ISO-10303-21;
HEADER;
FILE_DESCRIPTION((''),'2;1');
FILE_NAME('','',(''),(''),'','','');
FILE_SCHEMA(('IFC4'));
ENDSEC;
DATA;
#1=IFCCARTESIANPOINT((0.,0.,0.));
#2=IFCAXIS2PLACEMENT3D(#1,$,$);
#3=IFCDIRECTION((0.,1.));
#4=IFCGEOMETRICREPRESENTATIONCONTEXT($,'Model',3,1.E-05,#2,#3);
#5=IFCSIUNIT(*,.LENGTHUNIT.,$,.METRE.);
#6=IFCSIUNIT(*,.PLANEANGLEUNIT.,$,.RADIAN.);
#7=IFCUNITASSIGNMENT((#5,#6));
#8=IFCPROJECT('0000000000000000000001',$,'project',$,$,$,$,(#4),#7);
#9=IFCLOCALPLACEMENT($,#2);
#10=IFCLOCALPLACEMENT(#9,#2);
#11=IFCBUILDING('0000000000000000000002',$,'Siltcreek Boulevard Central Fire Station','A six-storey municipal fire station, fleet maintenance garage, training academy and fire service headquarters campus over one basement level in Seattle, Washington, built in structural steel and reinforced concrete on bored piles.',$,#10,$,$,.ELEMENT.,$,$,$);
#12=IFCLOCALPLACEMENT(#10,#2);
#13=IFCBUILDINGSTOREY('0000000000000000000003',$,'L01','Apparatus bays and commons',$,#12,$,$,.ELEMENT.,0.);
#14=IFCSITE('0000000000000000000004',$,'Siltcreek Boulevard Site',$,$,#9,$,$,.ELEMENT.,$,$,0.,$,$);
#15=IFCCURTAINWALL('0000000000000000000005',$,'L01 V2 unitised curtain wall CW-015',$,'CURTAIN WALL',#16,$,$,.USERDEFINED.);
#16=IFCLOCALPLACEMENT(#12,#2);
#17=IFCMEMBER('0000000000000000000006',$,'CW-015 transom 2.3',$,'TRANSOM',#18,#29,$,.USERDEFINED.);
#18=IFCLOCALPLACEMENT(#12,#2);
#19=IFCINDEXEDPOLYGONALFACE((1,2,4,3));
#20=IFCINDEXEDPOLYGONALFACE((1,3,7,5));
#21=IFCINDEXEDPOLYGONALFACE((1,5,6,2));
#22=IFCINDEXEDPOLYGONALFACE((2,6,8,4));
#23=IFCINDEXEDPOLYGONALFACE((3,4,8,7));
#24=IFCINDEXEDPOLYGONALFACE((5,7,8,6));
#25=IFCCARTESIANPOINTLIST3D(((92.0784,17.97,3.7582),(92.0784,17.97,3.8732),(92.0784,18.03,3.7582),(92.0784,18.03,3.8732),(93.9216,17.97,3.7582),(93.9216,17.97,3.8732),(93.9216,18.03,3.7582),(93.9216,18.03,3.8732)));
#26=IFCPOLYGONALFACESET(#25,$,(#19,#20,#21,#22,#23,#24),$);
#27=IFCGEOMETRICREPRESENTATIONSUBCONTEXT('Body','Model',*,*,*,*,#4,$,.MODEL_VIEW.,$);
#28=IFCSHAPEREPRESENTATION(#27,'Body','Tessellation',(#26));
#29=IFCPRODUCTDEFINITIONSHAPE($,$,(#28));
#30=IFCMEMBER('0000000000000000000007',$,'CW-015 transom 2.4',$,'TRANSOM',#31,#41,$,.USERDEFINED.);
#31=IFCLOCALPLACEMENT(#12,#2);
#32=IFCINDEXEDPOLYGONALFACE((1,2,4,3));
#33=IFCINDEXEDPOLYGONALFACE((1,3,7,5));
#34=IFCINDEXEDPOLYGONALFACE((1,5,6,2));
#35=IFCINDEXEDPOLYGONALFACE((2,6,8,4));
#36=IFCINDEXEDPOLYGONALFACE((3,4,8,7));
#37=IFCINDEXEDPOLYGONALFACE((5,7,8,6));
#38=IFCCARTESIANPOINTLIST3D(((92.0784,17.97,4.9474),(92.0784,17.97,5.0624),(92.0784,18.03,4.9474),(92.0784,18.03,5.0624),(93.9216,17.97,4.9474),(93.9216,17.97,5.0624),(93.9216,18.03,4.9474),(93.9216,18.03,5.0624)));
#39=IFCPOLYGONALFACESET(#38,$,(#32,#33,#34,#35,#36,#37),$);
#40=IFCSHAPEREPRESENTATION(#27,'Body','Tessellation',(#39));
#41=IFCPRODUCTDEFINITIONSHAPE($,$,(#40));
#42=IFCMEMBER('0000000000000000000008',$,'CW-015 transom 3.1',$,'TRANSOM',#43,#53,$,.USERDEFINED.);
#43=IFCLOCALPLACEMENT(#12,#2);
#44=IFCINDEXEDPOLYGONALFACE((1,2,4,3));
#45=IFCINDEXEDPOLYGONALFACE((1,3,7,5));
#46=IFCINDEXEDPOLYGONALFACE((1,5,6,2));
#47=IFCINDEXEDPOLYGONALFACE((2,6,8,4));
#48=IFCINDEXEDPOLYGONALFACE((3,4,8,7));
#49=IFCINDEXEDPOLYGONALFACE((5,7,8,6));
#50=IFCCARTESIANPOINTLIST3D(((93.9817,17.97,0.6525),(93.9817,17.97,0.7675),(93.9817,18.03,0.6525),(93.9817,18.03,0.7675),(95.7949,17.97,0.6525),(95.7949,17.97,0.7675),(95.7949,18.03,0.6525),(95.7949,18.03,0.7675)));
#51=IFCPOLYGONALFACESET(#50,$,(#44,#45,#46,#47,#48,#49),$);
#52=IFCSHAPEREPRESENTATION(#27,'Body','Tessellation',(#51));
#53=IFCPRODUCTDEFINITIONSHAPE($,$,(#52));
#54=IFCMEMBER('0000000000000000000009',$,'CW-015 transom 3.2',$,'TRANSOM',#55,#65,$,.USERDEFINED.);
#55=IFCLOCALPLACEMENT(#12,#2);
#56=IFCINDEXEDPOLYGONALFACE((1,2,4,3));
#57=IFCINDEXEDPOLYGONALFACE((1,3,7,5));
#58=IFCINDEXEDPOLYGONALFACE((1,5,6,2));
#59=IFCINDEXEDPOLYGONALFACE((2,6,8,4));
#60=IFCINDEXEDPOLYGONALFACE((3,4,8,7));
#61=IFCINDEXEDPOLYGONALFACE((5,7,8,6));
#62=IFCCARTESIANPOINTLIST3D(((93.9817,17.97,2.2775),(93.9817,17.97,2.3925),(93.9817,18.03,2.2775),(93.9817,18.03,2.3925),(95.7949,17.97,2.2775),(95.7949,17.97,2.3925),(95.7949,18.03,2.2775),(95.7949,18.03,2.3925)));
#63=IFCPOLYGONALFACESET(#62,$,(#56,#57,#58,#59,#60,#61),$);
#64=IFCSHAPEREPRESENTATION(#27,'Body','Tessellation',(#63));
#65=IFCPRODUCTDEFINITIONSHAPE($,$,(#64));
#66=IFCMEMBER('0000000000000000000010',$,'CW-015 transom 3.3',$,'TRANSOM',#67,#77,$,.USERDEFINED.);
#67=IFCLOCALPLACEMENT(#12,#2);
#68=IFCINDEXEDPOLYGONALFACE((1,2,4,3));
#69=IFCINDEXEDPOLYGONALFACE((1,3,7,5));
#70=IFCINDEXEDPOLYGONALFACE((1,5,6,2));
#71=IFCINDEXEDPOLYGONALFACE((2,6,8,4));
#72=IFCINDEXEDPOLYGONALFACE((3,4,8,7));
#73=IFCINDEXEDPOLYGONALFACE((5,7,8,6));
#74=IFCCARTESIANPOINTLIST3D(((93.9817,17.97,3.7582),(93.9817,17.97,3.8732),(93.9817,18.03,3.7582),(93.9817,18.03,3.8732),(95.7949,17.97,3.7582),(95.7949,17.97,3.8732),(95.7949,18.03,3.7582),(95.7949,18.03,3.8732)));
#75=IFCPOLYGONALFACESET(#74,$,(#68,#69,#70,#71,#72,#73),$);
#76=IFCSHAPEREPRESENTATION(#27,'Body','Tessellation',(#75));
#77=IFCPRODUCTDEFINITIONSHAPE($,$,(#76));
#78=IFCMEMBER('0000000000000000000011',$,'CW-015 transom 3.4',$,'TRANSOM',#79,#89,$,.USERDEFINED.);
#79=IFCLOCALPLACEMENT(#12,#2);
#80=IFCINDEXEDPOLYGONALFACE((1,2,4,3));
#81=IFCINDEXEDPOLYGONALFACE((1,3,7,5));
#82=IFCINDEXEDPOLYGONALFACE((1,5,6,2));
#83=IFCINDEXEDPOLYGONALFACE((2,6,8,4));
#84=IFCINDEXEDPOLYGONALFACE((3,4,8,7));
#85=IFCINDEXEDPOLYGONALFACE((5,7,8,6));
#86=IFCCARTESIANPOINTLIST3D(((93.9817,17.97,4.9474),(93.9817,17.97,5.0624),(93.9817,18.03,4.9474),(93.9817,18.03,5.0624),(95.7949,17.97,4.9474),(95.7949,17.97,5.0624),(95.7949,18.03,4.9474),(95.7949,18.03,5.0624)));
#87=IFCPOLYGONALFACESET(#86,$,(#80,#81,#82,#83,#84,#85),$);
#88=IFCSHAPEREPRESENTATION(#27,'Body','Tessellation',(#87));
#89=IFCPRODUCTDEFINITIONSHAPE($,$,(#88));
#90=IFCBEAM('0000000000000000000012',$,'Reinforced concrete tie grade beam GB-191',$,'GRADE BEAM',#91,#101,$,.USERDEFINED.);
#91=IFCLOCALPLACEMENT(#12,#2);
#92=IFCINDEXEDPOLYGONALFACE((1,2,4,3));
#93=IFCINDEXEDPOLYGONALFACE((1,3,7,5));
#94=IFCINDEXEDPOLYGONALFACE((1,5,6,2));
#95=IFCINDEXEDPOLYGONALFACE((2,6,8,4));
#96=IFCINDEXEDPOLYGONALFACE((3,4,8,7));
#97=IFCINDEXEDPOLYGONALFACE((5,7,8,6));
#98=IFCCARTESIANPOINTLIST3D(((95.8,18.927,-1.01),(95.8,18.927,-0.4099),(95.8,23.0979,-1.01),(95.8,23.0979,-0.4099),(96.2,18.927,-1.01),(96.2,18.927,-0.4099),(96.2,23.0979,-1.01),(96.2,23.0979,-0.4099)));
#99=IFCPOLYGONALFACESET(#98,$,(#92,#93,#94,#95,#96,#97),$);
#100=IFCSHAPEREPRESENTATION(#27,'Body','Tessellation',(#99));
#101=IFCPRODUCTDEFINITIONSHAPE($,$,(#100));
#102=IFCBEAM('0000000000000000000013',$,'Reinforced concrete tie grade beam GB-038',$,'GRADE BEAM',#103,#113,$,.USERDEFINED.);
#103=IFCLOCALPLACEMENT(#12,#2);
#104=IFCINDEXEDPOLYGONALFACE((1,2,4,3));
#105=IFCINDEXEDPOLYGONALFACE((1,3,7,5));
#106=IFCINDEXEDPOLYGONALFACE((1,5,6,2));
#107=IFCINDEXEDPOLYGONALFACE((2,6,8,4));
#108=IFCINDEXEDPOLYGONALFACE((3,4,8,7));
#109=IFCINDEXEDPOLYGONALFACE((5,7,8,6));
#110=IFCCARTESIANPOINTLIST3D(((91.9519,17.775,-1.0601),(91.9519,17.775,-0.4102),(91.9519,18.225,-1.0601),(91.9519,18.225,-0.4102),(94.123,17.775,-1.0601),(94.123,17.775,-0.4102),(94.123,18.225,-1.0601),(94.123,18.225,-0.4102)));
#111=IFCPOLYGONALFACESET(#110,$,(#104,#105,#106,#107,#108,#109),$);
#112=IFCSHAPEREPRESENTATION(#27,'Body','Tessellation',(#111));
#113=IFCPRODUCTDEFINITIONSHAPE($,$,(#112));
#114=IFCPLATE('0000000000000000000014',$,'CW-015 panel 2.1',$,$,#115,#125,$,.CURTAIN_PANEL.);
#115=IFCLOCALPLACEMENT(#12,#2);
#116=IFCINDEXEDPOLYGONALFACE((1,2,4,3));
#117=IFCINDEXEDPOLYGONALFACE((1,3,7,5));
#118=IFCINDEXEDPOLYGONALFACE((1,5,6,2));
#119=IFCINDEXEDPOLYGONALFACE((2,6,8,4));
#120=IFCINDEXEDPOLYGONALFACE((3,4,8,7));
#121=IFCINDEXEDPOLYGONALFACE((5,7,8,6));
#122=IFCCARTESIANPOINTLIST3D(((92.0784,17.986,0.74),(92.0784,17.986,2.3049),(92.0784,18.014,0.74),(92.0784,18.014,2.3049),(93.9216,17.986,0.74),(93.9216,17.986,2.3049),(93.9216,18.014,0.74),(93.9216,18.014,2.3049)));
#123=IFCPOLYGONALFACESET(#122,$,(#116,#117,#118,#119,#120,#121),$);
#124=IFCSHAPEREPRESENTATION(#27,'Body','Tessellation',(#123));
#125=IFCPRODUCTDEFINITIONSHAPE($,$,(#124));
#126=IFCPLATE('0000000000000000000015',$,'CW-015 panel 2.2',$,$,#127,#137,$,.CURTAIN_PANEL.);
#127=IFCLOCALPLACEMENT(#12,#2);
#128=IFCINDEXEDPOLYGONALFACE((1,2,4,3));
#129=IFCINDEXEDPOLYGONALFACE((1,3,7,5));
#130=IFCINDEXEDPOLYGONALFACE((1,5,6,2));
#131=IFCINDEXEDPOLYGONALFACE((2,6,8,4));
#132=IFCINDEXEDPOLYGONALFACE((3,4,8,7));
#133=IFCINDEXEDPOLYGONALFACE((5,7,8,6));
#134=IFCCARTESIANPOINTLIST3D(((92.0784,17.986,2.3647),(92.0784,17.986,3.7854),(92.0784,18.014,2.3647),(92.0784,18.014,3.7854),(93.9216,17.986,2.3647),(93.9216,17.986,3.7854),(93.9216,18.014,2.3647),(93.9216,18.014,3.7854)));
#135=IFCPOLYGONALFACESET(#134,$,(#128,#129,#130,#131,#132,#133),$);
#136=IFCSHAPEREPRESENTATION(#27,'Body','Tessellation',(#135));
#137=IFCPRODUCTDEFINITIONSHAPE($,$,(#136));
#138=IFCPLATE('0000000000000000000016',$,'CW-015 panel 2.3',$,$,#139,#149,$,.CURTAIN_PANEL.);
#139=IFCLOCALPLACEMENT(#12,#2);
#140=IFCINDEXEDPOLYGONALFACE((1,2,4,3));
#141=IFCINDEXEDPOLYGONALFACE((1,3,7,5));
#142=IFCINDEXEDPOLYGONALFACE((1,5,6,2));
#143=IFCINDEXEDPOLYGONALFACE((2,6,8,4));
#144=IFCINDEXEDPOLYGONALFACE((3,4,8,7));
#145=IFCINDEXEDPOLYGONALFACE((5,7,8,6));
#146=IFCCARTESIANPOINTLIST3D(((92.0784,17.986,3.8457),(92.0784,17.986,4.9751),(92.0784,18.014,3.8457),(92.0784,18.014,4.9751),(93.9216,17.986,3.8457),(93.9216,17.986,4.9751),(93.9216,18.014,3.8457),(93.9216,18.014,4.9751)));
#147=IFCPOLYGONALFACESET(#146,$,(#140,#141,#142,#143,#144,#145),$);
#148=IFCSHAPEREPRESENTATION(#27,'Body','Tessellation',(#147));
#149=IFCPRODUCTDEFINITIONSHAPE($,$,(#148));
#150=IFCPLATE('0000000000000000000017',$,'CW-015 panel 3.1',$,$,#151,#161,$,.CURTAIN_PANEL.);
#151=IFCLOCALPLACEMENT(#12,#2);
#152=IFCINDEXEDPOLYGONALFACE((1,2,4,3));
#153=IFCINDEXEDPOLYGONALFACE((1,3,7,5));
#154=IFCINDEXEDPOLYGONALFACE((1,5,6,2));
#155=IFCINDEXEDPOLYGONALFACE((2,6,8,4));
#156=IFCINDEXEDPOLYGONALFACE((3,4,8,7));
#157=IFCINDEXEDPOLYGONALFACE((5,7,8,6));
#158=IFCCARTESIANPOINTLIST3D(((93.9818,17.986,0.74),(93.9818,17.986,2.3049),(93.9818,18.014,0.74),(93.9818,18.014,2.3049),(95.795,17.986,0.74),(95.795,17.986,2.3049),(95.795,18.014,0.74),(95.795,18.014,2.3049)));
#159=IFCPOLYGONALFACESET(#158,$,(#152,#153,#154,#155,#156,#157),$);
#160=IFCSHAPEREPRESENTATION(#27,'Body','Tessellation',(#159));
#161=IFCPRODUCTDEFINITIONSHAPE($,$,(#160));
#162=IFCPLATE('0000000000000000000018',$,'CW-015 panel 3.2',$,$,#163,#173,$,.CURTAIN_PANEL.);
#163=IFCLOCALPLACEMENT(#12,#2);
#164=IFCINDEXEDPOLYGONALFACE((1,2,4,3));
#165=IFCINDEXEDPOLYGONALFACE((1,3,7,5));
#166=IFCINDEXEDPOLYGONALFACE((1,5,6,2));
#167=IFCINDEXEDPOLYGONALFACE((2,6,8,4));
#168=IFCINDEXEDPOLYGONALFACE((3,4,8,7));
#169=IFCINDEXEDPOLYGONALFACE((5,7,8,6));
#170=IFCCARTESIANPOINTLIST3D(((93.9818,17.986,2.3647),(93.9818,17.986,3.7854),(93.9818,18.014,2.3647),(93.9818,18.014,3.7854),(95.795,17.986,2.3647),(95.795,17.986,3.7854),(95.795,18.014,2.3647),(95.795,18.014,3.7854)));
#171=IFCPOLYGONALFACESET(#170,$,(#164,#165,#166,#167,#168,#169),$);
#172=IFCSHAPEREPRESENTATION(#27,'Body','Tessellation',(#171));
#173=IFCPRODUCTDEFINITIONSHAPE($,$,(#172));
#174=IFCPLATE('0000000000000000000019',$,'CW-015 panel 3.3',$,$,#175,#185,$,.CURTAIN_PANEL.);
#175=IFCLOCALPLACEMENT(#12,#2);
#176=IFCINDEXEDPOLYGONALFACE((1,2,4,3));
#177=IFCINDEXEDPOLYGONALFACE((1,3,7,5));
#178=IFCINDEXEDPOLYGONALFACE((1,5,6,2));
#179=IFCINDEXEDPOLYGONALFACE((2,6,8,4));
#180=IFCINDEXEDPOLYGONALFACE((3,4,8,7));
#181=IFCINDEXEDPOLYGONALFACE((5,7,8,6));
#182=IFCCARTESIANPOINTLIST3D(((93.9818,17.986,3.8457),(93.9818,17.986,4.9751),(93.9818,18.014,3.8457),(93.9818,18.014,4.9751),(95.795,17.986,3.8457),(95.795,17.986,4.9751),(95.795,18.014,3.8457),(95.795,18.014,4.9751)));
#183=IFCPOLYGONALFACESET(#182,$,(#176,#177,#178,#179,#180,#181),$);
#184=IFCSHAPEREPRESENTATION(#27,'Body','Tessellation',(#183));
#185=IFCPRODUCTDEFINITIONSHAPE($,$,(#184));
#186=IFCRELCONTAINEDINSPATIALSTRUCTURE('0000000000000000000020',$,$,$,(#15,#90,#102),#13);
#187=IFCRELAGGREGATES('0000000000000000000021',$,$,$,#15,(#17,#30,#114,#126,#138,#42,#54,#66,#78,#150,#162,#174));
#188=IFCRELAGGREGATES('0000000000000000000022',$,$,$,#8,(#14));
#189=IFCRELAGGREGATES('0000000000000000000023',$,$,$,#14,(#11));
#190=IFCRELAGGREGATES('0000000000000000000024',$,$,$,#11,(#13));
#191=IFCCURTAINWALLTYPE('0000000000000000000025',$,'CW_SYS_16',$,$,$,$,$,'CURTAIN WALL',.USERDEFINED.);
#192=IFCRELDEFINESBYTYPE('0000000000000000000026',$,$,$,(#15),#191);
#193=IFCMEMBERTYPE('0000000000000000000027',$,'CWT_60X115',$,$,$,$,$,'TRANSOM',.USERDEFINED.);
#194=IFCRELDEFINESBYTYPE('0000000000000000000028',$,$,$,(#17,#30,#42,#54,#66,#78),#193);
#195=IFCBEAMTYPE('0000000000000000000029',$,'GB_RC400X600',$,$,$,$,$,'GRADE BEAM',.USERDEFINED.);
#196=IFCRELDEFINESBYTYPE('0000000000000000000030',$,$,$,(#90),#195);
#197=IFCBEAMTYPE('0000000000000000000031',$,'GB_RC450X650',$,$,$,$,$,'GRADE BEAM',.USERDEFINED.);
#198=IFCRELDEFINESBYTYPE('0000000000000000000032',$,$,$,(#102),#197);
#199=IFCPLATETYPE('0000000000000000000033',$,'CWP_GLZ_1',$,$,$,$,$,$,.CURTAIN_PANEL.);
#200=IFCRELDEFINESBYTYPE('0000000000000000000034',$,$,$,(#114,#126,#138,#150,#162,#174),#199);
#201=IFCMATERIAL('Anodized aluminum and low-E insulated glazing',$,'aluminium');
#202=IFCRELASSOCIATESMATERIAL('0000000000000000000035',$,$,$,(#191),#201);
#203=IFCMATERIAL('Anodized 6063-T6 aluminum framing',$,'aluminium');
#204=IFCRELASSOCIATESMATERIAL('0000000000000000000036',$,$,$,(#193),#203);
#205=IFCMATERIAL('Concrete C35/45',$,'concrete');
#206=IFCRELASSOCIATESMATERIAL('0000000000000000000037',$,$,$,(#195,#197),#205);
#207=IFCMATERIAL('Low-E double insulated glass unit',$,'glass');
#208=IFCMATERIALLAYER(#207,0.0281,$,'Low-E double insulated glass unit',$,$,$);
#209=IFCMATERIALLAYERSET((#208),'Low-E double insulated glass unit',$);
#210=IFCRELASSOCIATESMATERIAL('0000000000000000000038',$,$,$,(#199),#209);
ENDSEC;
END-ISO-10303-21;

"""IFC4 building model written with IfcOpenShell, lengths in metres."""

from ifc_helpers import new_model, si_unit, direction, frame, origin, origin_2d, place, context, subcontext, project, spatial, rectangle, extrude, material, layer, layer_set, material_profile, profile_set, type_object, element, aggregate, save


model = new_model("IFC4")

# Units and contexts
model_context = context("Model", 3, precision=1e-05, world=origin(), true_north=direction((0.0, 1.0)))
body_context = subcontext(model_context, "Body", "Model", "MODEL_VIEW")
ifc_project = project(units=[si_unit("LENGTHUNIT", "METRE"), si_unit("PLANEANGLEUNIT", "RADIAN")], contexts=[model_context])

# Site, building, storey
site_placement = place(None, origin())
site = spatial("IfcSite", under=ifc_project, at=site_placement, Name="Siltcreek Boulevard Site", CompositionType="ELEMENT", RefElevation=0.0)
building_placement = place(site_placement, origin())
building = spatial("IfcBuilding", under=site, at=building_placement, Name="Siltcreek Boulevard Central Fire Station", Description="A six-storey municipal fire station, fleet maintenance garage, training academy and fire service headquarters campus over one basement level in Seattle, Washington, built in structural steel and reinforced concrete on bored piles.", CompositionType="ELEMENT")
storey_placement = place(building_placement, origin())
storey = spatial("IfcBuildingStorey", under=building, at=storey_placement, Name="L01", Description="Apparatus bays and commons", CompositionType="ELEMENT", Elevation=0.0)

# Shared definitions
ifc_material_1 = material(Name="Concrete C35/45", Category="concrete")

# Curtain wall, members
ifc_material_2 = material(Name="Anodized aluminum and low-E insulated glazing", Category="aluminium")
curtain_wall_type = type_object("IfcCurtainWallType", Name="CW_SYS_16", ElementType="CURTAIN WALL", PredefinedType="USERDEFINED", material=ifc_material_2)
curtain_wall_placement = place(storey_placement, origin())
curtain_wall = element("IfcCurtainWall", 1, at=curtain_wall_placement, inside=storey, type_object=curtain_wall_type, Name="L01 V2 unitised curtain wall CW-015", ObjectType="CURTAIN WALL", PredefinedType="USERDEFINED")
ifc_material_3 = material(Name="Anodized 6063-T6 aluminum framing", Category="aluminium")
ifc_material_profile_1 = material_profile(ifc_material_3, rectangle(XDim=0.0601, YDim=0.115, at=origin_2d()), Name="TRAN60X115")
ifc_profile_set_1 = profile_set([ifc_material_profile_1], Name="Anodized 6063-T6 aluminum framing")
member_type_1 = type_object("IfcMemberType", Name="CWT_60X115", ElementType="TRANSOM", PredefinedType="USERDEFINED", material=ifc_profile_set_1)
member_1_placement = place(storey_placement, frame((92.0784, 18.0, 3.8157), z_axis=(1.0, 0.0, 0.0), x_axis=(0.0, 1.0, 0.0)))
member_1 = element("IfcMember", 2, at=member_1_placement, type_object=member_type_1, Name="CW-015 transom 2.3", ObjectType="TRANSOM", PredefinedType="USERDEFINED", context=body_context, shape_type="SweptSolid", body=[
    extrude(rectangle(XDim=0.0601, YDim=0.115, at=origin_2d()), origin(), (0.0, 0.0, 1.0), 1.8433),
])
member_2_placement = place(storey_placement, frame((92.0784, 18.0, 5.0049), z_axis=(1.0, 0.0, 0.0), x_axis=(0.0, 1.0, 0.0)))
member_2 = element("IfcMember", 3, at=member_2_placement, type_object=member_type_1, Name="CW-015 transom 2.4", ObjectType="TRANSOM", PredefinedType="USERDEFINED", context=body_context, shape_type="SweptSolid", body=[
    extrude(rectangle(XDim=0.0601, YDim=0.115, at=origin_2d()), origin(), (0.0, 0.0, 1.0), 1.8433),
])
member_3_placement = place(storey_placement, frame((93.9817, 18.0, 0.71), z_axis=(1.0, 0.0, 0.0), x_axis=(0.0, 1.0, 0.0)))
member_3 = element("IfcMember", 4, at=member_3_placement, type_object=member_type_1, Name="CW-015 transom 3.1", ObjectType="TRANSOM", PredefinedType="USERDEFINED", context=body_context, shape_type="SweptSolid", body=[
    extrude(rectangle(XDim=0.0601, YDim=0.115, at=origin_2d()), origin(), (0.0, 0.0, 1.0), 1.8132),
])
member_4_placement = place(storey_placement, frame((93.9817, 18.0, 2.335), z_axis=(1.0, 0.0, 0.0), x_axis=(0.0, 1.0, 0.0)))
member_4 = element("IfcMember", 5, at=member_4_placement, type_object=member_type_1, Name="CW-015 transom 3.2", ObjectType="TRANSOM", PredefinedType="USERDEFINED", context=body_context, shape_type="SweptSolid", body=[
    extrude(rectangle(XDim=0.0601, YDim=0.115, at=origin_2d()), origin(), (0.0, 0.0, 1.0), 1.8132),
])
member_5_placement = place(storey_placement, frame((93.9817, 18.0, 3.8157), z_axis=(1.0, 0.0, 0.0), x_axis=(0.0, 1.0, 0.0)))
member_5 = element("IfcMember", 6, at=member_5_placement, type_object=member_type_1, Name="CW-015 transom 3.3", ObjectType="TRANSOM", PredefinedType="USERDEFINED", context=body_context, shape_type="SweptSolid", body=[
    extrude(rectangle(XDim=0.0601, YDim=0.115, at=origin_2d()), origin(), (0.0, 0.0, 1.0), 1.8132),
])
member_6_placement = place(storey_placement, frame((93.9817, 18.0, 5.0049), z_axis=(1.0, 0.0, 0.0), x_axis=(0.0, 1.0, 0.0)))
member_6 = element("IfcMember", 7, at=member_6_placement, type_object=member_type_1, Name="CW-015 transom 3.4", ObjectType="TRANSOM", PredefinedType="USERDEFINED", context=body_context, shape_type="SweptSolid", body=[
    extrude(rectangle(XDim=0.0601, YDim=0.115, at=origin_2d()), origin(), (0.0, 0.0, 1.0), 1.8132),
])

# Beams
ifc_material_profile_2 = material_profile(ifc_material_1, rectangle(XDim=0.3999, YDim=0.6001, at=origin_2d()), Name="RC400X600")
ifc_profile_set_2 = profile_set([ifc_material_profile_2], Name="Concrete C35/45")
beam_type_1 = type_object("IfcBeamType", Name="GB_RC400X600", ElementType="GRADE BEAM", PredefinedType="USERDEFINED", material=ifc_profile_set_2)
beam_1_placement = place(storey_placement, frame((96.0, 18.927, -0.71), z_axis=(0.0, 1.0, 0.0), x_axis=(-1.0, 0.0, 0.0)))
element("IfcBeam", 8, at=beam_1_placement, inside=storey, type_object=beam_type_1, Name="Reinforced concrete tie grade beam GB-191", ObjectType="GRADE BEAM", PredefinedType="USERDEFINED", context=body_context, shape_type="SweptSolid", body=[
    extrude(rectangle(XDim=0.3999, YDim=0.6001, at=origin_2d()), origin(), (0.0, 0.0, 1.0), 4.1709),
])
ifc_material_profile_3 = material_profile(ifc_material_1, rectangle(XDim=0.45, YDim=0.6499, at=origin_2d()), Name="RC450X650")
ifc_profile_set_3 = profile_set([ifc_material_profile_3], Name="Concrete C35/45")
beam_type_2 = type_object("IfcBeamType", Name="GB_RC450X650", ElementType="GRADE BEAM", PredefinedType="USERDEFINED", material=ifc_profile_set_3)
beam_2_placement = place(storey_placement, frame((91.9519, 18.0, -0.7351), z_axis=(1.0, 0.0, 0.0), x_axis=(0.0, 1.0, 0.0)))
element("IfcBeam", 9, at=beam_2_placement, inside=storey, type_object=beam_type_2, Name="Reinforced concrete tie grade beam GB-038", ObjectType="GRADE BEAM", PredefinedType="USERDEFINED", context=body_context, shape_type="SweptSolid", body=[
    extrude(rectangle(XDim=0.45, YDim=0.6499, at=origin_2d()), origin(), (0.0, 0.0, 1.0), 2.1711),
])

# Plates
ifc_material_4 = material(Name="Low-E double insulated glass unit", Category="glass")
ifc_layer_1 = layer(ifc_material_4, 0.0281, Name="Low-E double insulated glass unit")
ifc_layer_set_1 = layer_set([ifc_layer_1], Name="Low-E double insulated glass unit")
plate_type = type_object("IfcPlateType", Name="CWP_GLZ_1", PredefinedType="CURTAIN_PANEL", material=ifc_layer_set_1)
plate_1_placement = place(storey_placement, frame((93.0, 18.0, 0.74), z_axis=(0.0, 0.0, 1.0), x_axis=(1.0, 0.0, 0.0)))
plate_1 = element("IfcPlate", 10, at=plate_1_placement, type_object=plate_type, Name="CW-015 panel 2.1", PredefinedType="CURTAIN_PANEL", context=body_context, shape_type="SweptSolid", body=[
    extrude(rectangle(XDim=1.8433, YDim=0.0281, at=origin_2d()), origin(), (0.0, 0.0, 1.0), 1.5649),
])
plate_2_placement = place(storey_placement, frame((93.0, 18.0, 2.3647), z_axis=(0.0, 0.0, 1.0), x_axis=(1.0, 0.0, 0.0)))
plate_2 = element("IfcPlate", 11, at=plate_2_placement, type_object=plate_type, Name="CW-015 panel 2.2", PredefinedType="CURTAIN_PANEL", context=body_context, shape_type="SweptSolid", body=[
    extrude(rectangle(XDim=1.8433, YDim=0.0281, at=origin_2d()), origin(), (0.0, 0.0, 1.0), 1.4207),
])
plate_3_placement = place(storey_placement, frame((93.0, 18.0, 3.8457), z_axis=(0.0, 0.0, 1.0), x_axis=(1.0, 0.0, 0.0)))
plate_3 = element("IfcPlate", 12, at=plate_3_placement, type_object=plate_type, Name="CW-015 panel 2.3", PredefinedType="CURTAIN_PANEL", context=body_context, shape_type="SweptSolid", body=[
    extrude(rectangle(XDim=1.8433, YDim=0.0281, at=origin_2d()), origin(), (0.0, 0.0, 1.0), 1.1294),
])
plate_4_placement = place(storey_placement, frame((94.8884, 18.0, 0.74), z_axis=(0.0, 0.0, 1.0), x_axis=(1.0, 0.0, 0.0)))
plate_4 = element("IfcPlate", 13, at=plate_4_placement, type_object=plate_type, Name="CW-015 panel 3.1", PredefinedType="CURTAIN_PANEL", context=body_context, shape_type="SweptSolid", body=[
    extrude(rectangle(XDim=1.8132, YDim=0.0281, at=origin_2d()), origin(), (0.0, 0.0, 1.0), 1.5649),
])
plate_5_placement = place(storey_placement, frame((94.8884, 18.0, 2.3647), z_axis=(0.0, 0.0, 1.0), x_axis=(1.0, 0.0, 0.0)))
plate_5 = element("IfcPlate", 14, at=plate_5_placement, type_object=plate_type, Name="CW-015 panel 3.2", PredefinedType="CURTAIN_PANEL", context=body_context, shape_type="SweptSolid", body=[
    extrude(rectangle(XDim=1.8132, YDim=0.0281, at=origin_2d()), origin(), (0.0, 0.0, 1.0), 1.4207),
])
plate_6_placement = place(storey_placement, frame((94.8884, 18.0, 3.8457), z_axis=(0.0, 0.0, 1.0), x_axis=(1.0, 0.0, 0.0)))
plate_6 = element("IfcPlate", 15, at=plate_6_placement, type_object=plate_type, Name="CW-015 panel 3.3", PredefinedType="CURTAIN_PANEL", context=body_context, shape_type="SweptSolid", body=[
    extrude(rectangle(XDim=1.8132, YDim=0.0281, at=origin_2d()), origin(), (0.0, 0.0, 1.0), 1.1294),
])
aggregate(curtain_wall, [member_1, member_2, plate_1, plate_2, plate_3, member_3, member_4, member_5, member_6, plate_4, plate_5, plate_6])

save(model, "model.ifc")
